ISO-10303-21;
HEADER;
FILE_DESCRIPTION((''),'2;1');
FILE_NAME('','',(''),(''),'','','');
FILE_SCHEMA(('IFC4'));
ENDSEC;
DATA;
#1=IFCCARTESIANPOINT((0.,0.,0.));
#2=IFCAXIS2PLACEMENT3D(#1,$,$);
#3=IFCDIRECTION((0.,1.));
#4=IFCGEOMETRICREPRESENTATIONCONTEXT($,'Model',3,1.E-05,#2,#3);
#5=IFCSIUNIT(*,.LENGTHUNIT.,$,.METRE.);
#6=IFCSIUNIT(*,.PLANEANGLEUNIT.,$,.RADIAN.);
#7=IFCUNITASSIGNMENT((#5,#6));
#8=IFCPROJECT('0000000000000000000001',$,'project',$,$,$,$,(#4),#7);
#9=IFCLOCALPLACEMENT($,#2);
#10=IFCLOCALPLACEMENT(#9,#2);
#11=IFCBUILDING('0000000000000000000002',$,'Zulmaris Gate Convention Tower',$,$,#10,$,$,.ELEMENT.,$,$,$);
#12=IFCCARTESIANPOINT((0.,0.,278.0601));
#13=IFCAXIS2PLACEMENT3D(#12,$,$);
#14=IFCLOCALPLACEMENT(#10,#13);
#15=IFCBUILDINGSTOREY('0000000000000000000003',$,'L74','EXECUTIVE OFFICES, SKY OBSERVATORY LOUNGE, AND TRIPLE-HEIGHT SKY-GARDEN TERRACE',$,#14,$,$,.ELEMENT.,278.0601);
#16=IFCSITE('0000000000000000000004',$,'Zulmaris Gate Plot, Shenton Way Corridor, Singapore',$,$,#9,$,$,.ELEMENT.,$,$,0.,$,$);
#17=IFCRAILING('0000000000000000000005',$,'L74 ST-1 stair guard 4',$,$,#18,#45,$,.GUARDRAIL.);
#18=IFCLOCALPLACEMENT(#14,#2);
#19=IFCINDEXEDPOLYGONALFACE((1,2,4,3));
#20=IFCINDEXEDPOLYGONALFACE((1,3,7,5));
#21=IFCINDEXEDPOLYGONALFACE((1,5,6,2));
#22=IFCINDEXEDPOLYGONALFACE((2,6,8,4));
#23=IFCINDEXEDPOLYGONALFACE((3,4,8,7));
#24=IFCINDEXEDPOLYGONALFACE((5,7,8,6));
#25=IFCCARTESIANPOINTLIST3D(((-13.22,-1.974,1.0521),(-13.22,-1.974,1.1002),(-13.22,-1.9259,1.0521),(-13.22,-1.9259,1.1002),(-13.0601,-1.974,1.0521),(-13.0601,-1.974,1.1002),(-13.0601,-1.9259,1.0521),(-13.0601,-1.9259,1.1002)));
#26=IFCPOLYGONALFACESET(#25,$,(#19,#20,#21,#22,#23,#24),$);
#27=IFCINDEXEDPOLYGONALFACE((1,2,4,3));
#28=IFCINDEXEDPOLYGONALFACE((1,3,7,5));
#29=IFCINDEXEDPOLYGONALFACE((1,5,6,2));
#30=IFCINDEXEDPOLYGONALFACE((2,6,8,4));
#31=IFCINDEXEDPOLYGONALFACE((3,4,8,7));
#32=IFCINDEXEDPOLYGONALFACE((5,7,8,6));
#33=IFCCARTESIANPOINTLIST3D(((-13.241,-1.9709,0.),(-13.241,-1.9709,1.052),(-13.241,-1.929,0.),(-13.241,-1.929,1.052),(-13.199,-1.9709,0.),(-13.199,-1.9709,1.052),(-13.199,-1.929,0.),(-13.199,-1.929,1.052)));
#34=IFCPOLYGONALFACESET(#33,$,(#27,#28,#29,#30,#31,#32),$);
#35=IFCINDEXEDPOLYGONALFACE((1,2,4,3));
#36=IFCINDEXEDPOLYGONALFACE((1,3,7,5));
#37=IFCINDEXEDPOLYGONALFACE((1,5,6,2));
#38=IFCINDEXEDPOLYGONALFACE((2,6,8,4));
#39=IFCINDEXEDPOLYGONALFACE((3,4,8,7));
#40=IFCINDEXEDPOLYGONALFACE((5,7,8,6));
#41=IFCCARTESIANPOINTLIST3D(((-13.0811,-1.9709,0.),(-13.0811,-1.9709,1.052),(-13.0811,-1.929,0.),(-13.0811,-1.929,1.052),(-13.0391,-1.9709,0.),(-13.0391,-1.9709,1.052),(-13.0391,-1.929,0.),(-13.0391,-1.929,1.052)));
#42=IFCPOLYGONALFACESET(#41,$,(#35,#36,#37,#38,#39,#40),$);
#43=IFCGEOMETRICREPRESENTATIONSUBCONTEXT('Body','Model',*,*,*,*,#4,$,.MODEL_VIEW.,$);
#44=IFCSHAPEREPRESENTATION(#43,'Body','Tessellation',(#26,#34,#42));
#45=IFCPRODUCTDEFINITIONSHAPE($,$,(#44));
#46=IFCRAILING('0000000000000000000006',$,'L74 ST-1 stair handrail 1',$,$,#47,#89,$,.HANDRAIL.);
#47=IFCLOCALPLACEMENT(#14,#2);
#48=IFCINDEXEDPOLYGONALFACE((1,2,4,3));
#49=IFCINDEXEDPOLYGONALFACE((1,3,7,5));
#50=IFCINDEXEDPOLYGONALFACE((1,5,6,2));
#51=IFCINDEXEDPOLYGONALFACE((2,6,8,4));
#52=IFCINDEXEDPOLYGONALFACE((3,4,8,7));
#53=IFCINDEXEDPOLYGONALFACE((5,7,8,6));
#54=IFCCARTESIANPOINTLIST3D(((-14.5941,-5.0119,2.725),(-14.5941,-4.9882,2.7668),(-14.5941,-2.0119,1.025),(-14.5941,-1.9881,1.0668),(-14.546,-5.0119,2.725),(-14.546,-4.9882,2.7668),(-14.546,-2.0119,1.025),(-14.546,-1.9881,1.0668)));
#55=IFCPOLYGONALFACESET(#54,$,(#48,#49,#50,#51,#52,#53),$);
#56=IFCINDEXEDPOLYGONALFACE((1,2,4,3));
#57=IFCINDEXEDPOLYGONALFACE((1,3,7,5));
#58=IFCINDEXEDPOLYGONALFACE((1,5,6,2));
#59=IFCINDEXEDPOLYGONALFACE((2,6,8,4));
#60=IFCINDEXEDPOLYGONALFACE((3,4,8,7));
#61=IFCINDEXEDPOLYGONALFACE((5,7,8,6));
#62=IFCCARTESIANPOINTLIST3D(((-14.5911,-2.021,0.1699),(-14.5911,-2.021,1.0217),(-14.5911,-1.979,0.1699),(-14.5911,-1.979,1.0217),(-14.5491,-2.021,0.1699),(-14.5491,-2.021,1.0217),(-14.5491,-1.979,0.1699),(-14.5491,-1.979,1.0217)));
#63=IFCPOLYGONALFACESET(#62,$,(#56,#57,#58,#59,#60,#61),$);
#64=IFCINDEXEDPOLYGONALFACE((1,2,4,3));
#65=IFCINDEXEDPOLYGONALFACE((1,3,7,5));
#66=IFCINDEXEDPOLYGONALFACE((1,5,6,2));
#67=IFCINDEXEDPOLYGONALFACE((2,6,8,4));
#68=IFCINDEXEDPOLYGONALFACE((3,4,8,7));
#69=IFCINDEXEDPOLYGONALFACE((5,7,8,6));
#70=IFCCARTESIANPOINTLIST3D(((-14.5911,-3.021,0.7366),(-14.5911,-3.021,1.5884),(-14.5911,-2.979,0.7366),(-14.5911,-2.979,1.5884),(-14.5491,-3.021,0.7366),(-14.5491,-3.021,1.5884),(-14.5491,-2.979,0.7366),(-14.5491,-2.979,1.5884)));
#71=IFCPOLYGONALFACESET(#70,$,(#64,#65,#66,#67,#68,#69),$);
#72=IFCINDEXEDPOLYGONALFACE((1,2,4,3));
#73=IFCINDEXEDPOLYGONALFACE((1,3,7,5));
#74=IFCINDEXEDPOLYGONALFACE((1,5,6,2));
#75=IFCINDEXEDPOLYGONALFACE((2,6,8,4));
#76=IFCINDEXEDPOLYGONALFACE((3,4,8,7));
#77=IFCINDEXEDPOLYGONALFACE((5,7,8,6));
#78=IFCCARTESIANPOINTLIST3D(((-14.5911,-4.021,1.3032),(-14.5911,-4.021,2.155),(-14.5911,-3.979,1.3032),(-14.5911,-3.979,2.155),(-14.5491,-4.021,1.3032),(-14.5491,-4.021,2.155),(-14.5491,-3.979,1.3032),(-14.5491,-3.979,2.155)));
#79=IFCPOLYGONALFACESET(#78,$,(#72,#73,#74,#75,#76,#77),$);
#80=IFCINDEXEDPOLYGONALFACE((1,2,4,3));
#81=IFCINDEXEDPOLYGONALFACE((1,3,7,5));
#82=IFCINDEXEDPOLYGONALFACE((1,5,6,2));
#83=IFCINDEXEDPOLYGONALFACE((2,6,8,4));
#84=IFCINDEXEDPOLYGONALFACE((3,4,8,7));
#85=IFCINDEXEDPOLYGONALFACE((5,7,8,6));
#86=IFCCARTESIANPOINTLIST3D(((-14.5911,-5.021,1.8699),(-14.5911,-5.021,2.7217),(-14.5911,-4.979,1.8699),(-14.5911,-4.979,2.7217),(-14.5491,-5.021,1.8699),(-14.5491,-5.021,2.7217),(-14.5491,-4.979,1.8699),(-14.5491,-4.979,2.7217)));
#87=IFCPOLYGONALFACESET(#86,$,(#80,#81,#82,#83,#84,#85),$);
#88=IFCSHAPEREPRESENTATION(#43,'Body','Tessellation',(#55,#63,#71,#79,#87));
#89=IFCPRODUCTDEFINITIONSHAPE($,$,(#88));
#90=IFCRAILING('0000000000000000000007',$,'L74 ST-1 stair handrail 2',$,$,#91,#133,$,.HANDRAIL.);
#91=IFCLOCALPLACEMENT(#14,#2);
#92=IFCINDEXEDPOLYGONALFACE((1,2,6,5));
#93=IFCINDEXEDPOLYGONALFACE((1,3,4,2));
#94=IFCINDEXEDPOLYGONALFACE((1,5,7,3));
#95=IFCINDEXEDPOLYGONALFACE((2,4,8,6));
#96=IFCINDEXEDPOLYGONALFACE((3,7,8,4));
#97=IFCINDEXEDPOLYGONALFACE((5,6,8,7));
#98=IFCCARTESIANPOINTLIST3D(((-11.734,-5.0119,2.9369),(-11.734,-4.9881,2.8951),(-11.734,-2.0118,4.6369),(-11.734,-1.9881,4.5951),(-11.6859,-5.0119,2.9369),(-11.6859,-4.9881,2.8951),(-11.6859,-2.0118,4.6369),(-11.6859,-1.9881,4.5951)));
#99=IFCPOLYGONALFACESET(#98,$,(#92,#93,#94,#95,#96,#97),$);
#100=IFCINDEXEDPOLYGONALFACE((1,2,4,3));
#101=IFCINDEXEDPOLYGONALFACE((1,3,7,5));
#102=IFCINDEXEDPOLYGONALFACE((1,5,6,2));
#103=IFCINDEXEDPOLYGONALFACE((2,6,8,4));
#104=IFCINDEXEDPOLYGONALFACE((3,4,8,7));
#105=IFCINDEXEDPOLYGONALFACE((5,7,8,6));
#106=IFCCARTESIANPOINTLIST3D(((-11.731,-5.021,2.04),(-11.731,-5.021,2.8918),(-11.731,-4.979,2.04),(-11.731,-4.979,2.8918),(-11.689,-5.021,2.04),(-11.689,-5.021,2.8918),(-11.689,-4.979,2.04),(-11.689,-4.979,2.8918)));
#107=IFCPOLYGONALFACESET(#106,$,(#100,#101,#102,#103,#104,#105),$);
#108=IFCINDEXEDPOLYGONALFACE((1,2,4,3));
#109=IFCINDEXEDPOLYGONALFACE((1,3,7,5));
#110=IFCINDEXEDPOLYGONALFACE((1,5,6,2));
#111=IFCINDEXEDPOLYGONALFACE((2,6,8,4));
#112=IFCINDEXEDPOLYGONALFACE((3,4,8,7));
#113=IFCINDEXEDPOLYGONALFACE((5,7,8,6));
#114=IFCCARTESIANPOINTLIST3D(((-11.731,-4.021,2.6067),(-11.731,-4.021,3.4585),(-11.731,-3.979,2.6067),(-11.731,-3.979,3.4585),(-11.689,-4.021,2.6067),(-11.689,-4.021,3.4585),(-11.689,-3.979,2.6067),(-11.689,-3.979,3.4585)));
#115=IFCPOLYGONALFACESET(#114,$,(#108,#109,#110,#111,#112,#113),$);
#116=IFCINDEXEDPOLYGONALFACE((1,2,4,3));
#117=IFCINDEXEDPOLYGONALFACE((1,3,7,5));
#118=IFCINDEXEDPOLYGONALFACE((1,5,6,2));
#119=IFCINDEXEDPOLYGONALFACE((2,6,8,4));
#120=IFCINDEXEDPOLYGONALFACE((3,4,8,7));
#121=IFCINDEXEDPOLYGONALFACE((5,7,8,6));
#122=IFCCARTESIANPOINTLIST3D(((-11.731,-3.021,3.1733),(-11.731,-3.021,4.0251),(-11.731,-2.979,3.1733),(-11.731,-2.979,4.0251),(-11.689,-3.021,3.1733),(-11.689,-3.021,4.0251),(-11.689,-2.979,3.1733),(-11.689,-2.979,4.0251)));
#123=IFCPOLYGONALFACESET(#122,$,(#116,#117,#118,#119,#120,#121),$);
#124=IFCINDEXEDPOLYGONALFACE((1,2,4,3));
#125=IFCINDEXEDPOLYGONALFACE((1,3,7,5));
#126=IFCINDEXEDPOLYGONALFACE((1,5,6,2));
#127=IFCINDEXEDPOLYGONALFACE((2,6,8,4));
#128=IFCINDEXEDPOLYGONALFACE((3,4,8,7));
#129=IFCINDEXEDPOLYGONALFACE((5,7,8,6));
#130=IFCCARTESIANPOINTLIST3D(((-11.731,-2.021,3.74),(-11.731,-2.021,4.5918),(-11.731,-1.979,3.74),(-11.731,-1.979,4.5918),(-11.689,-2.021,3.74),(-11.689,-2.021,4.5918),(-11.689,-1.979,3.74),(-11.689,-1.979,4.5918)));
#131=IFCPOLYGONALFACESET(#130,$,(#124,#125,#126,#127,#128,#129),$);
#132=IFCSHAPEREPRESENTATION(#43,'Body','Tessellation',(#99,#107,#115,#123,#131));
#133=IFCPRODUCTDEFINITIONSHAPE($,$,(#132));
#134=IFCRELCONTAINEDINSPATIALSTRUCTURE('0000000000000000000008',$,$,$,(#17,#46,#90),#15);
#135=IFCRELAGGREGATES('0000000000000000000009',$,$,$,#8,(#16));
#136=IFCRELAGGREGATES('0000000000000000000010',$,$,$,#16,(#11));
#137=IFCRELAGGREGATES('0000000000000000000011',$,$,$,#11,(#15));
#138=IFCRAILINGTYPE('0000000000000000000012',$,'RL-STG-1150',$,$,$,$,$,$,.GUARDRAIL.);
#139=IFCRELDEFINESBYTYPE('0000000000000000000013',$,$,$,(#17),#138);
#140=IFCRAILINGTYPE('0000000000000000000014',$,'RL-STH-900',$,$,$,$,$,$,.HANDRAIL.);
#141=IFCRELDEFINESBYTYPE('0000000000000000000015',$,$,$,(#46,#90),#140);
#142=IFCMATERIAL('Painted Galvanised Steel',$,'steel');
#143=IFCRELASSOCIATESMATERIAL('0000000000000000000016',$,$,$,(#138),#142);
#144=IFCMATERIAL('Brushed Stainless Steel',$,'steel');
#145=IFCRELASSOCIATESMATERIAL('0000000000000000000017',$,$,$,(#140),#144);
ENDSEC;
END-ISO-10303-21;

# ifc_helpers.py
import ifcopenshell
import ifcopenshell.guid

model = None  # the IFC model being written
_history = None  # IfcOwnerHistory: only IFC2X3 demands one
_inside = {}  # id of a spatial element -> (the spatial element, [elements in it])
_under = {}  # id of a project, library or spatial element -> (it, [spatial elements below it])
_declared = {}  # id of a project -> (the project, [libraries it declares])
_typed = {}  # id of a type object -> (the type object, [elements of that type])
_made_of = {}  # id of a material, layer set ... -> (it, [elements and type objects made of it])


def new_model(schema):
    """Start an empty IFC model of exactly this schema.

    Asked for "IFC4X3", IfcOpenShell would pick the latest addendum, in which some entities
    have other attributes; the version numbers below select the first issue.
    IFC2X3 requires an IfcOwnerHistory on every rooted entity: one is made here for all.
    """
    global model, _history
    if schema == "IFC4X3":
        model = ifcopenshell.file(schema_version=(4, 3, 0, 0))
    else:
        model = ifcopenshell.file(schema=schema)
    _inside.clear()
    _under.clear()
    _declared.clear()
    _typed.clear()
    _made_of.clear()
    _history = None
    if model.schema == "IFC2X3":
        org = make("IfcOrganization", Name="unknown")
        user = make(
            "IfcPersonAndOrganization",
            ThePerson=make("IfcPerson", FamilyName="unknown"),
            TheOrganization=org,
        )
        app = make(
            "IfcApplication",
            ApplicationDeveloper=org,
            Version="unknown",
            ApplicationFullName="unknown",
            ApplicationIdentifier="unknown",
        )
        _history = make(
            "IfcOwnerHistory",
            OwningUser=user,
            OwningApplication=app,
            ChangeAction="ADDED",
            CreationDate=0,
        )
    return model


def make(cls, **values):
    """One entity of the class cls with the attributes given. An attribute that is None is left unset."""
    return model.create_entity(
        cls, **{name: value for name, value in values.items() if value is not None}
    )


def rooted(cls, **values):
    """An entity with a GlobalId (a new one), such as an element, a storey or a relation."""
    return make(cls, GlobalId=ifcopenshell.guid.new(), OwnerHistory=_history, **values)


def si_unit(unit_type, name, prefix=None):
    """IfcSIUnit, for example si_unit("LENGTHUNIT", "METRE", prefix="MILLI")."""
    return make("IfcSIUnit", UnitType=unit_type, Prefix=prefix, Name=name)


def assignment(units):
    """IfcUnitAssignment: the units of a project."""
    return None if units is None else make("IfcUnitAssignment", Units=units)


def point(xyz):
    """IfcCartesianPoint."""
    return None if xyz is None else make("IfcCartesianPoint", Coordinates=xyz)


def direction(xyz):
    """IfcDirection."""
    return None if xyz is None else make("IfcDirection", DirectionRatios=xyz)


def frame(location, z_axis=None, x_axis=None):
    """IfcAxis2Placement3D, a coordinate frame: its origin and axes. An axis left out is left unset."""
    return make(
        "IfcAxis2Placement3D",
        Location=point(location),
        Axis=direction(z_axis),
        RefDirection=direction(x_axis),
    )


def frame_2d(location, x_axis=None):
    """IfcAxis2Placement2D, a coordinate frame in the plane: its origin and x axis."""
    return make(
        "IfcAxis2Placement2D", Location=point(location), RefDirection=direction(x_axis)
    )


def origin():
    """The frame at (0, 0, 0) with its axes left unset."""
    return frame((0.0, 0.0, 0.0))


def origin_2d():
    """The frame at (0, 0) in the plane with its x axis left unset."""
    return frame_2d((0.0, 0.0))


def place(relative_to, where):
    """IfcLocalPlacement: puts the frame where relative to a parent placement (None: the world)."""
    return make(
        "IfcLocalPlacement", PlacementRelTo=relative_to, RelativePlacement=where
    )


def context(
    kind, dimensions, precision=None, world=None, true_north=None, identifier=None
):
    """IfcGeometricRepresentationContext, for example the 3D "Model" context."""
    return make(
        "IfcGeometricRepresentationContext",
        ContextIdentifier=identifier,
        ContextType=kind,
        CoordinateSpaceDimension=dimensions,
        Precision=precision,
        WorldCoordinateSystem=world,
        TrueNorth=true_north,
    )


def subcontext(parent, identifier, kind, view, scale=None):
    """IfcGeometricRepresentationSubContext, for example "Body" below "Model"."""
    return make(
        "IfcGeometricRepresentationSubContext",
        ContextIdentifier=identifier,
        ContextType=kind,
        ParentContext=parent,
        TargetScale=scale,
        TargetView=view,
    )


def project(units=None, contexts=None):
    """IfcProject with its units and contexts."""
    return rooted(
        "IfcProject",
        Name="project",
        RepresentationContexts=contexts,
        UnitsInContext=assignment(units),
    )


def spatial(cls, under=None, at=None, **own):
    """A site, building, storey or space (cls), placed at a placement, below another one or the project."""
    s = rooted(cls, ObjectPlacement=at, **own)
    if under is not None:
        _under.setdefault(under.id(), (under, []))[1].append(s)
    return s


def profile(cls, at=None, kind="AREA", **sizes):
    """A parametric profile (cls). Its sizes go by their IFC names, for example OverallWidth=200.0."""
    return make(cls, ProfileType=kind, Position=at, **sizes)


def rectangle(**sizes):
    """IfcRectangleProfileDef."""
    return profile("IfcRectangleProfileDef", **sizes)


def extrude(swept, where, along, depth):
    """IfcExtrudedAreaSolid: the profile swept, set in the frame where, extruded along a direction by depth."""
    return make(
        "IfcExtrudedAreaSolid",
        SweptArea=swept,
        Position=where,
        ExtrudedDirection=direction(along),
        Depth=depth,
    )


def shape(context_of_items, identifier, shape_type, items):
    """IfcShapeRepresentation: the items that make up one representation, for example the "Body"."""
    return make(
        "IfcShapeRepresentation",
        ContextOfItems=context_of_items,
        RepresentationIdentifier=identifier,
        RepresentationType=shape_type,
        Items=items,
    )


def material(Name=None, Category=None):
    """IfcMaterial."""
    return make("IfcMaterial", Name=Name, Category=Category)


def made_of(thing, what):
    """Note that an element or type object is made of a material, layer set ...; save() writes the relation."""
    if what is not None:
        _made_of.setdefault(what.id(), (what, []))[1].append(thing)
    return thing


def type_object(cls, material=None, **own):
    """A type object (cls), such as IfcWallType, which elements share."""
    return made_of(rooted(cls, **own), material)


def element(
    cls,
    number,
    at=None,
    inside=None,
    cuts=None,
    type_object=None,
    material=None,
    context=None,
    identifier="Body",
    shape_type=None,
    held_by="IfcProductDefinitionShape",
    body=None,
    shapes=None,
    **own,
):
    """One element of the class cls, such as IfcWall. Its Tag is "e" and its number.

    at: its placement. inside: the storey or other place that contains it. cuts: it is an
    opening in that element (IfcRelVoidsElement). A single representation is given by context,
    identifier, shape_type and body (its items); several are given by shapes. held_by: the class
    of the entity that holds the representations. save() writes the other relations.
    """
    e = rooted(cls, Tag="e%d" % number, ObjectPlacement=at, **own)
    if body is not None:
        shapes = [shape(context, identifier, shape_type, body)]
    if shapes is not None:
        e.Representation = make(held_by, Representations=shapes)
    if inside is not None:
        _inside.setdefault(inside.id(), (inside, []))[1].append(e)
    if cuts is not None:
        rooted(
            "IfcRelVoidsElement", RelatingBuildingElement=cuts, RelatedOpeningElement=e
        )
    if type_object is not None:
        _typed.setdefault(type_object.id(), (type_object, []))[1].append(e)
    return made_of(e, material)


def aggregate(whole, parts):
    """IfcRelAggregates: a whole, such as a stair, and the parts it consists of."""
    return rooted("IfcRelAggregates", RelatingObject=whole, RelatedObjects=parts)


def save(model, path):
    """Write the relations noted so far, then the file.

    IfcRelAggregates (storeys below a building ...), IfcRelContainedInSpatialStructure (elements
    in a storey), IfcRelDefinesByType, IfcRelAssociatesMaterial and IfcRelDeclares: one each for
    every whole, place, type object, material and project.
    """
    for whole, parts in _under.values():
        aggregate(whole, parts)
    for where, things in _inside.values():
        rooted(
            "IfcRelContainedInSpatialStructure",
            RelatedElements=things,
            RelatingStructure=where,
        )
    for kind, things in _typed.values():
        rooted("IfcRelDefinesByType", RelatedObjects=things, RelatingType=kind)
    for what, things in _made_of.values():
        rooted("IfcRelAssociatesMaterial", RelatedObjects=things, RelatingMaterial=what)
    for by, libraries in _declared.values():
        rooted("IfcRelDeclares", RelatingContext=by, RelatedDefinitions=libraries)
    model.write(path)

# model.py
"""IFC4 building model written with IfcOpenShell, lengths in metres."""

from ifc_helpers import new_model, si_unit, direction, frame, origin, origin_2d, place, context, subcontext, project, spatial, rectangle, extrude, material, type_object, element, save


model = new_model("IFC4")

# Units and contexts
model_context = context("Model", 3, precision=1e-05, world=origin(), true_north=direction((0.0, 1.0)))
body_context = subcontext(model_context, "Body", "Model", "MODEL_VIEW")
ifc_project = project(units=[si_unit("LENGTHUNIT", "METRE"), si_unit("PLANEANGLEUNIT", "RADIAN")], contexts=[model_context])

# Site, building, storey
site_placement = place(None, origin())
site = spatial("IfcSite", under=ifc_project, at=site_placement, Name="Zulmaris Gate Plot, Shenton Way Corridor, Singapore", CompositionType="ELEMENT", RefElevation=0.0)
building_placement = place(site_placement, origin())
building = spatial("IfcBuilding", under=site, at=building_placement, Name="Zulmaris Gate Convention Tower", CompositionType="ELEMENT")
storey_placement = place(building_placement, frame((0.0, 0.0, 278.0601)))
storey = spatial("IfcBuildingStorey", under=building, at=storey_placement, Name="L74", Description="EXECUTIVE OFFICES, SKY OBSERVATORY LOUNGE, AND TRIPLE-HEIGHT SKY-GARDEN TERRACE", CompositionType="ELEMENT", Elevation=278.0601)

# Railings
ifc_material_1 = material(Name="Painted Galvanised Steel", Category="steel")
railing_type_1 = type_object("IfcRailingType", Name="RL-STG-1150", PredefinedType="GUARDRAIL", material=ifc_material_1)
railing_1_placement = place(storey_placement, frame((-13.22, -1.95, 0.0)))
element("IfcRailing", 1, at=railing_1_placement, inside=storey, type_object=railing_type_1, Name="L74 ST-1 stair guard 4", PredefinedType="GUARDRAIL", context=body_context, shape_type="SweptSolid", body=[
    extrude(rectangle(XDim=0.0481, YDim=0.0481, at=origin_2d()), frame((0.0, 0.0, 1.0762), z_axis=(1.0, 0.0, 0.0), x_axis=(0.0, 1.0, 0.0)), (0.0, 0.0, 1.0), 0.1599),
    extrude(rectangle(XDim=0.042, YDim=0.042, at=origin_2d()), origin(), (0.0, 0.0, 1.0), 1.052),
    extrude(rectangle(XDim=0.042, YDim=0.042, at=origin_2d()), frame((0.1599, 0.0, 0.0)), (0.0, 0.0, 1.0), 1.052),
])
ifc_material_2 = material(Name="Brushed Stainless Steel", Category="steel")
railing_type_2 = type_object("IfcRailingType", Name="RL-STH-900", PredefinedType="HANDRAIL", material=ifc_material_2)
railing_2_placement = place(storey_placement, frame((-14.5701, -2.0, 0.1699)))
element("IfcRailing", 2, at=railing_2_placement, inside=storey, type_object=railing_type_2, Name="L74 ST-1 stair handrail 1", PredefinedType="HANDRAIL", context=body_context, shape_type="SweptSolid", body=[
    extrude(rectangle(XDim=0.0481, YDim=0.0481, at=origin_2d()), frame((0.0, 0.0, 0.876), z_axis=(0.0, -0.870028, 0.493002), x_axis=(1.0, 0.0, 0.0)), (0.0, 0.0, 1.0), 3.4482),
    extrude(rectangle(XDim=0.042, YDim=0.042, at=origin_2d()), origin(), (0.0, 0.0, 1.0), 0.8518),
    extrude(rectangle(XDim=0.042, YDim=0.042, at=origin_2d()), frame((0.0, -1.0, 0.5667)), (0.0, 0.0, 1.0), 0.8518),
    extrude(rectangle(XDim=0.042, YDim=0.042, at=origin_2d()), frame((0.0, -2.0, 1.1333)), (0.0, 0.0, 1.0), 0.8518),
    extrude(rectangle(XDim=0.042, YDim=0.042, at=origin_2d()), frame((0.0, -3.0, 1.7)), (0.0, 0.0, 1.0), 0.8518),
])
railing_3_placement = place(storey_placement, frame((-11.71, -5.0, 2.04)))
element("IfcRailing", 3, at=railing_3_placement, inside=storey, type_object=railing_type_2, Name="L74 ST-1 stair handrail 2", PredefinedType="HANDRAIL", context=body_context, shape_type="SweptSolid", body=[
    extrude(rectangle(XDim=0.0481, YDim=0.0481, at=origin_2d()), frame((0.0, 0.0, 0.876), z_axis=(0.0, 0.870028, 0.493002), x_axis=(-1.0, 0.0, 0.0)), (0.0, 0.0, 1.0), 3.4482),
    extrude(rectangle(XDim=0.042, YDim=0.042, at=origin_2d()), origin(), (0.0, 0.0, 1.0), 0.8518),
    extrude(rectangle(XDim=0.042, YDim=0.042, at=origin_2d()), frame((0.0, 1.0, 0.5667)), (0.0, 0.0, 1.0), 0.8518),
    extrude(rectangle(XDim=0.042, YDim=0.042, at=origin_2d()), frame((0.0, 2.0, 1.1333)), (0.0, 0.0, 1.0), 0.8518),
    extrude(rectangle(XDim=0.042, YDim=0.042, at=origin_2d()), frame((0.0, 3.0, 1.7)), (0.0, 0.0, 1.0), 0.8518),
])

save(model, "model.ifc")
